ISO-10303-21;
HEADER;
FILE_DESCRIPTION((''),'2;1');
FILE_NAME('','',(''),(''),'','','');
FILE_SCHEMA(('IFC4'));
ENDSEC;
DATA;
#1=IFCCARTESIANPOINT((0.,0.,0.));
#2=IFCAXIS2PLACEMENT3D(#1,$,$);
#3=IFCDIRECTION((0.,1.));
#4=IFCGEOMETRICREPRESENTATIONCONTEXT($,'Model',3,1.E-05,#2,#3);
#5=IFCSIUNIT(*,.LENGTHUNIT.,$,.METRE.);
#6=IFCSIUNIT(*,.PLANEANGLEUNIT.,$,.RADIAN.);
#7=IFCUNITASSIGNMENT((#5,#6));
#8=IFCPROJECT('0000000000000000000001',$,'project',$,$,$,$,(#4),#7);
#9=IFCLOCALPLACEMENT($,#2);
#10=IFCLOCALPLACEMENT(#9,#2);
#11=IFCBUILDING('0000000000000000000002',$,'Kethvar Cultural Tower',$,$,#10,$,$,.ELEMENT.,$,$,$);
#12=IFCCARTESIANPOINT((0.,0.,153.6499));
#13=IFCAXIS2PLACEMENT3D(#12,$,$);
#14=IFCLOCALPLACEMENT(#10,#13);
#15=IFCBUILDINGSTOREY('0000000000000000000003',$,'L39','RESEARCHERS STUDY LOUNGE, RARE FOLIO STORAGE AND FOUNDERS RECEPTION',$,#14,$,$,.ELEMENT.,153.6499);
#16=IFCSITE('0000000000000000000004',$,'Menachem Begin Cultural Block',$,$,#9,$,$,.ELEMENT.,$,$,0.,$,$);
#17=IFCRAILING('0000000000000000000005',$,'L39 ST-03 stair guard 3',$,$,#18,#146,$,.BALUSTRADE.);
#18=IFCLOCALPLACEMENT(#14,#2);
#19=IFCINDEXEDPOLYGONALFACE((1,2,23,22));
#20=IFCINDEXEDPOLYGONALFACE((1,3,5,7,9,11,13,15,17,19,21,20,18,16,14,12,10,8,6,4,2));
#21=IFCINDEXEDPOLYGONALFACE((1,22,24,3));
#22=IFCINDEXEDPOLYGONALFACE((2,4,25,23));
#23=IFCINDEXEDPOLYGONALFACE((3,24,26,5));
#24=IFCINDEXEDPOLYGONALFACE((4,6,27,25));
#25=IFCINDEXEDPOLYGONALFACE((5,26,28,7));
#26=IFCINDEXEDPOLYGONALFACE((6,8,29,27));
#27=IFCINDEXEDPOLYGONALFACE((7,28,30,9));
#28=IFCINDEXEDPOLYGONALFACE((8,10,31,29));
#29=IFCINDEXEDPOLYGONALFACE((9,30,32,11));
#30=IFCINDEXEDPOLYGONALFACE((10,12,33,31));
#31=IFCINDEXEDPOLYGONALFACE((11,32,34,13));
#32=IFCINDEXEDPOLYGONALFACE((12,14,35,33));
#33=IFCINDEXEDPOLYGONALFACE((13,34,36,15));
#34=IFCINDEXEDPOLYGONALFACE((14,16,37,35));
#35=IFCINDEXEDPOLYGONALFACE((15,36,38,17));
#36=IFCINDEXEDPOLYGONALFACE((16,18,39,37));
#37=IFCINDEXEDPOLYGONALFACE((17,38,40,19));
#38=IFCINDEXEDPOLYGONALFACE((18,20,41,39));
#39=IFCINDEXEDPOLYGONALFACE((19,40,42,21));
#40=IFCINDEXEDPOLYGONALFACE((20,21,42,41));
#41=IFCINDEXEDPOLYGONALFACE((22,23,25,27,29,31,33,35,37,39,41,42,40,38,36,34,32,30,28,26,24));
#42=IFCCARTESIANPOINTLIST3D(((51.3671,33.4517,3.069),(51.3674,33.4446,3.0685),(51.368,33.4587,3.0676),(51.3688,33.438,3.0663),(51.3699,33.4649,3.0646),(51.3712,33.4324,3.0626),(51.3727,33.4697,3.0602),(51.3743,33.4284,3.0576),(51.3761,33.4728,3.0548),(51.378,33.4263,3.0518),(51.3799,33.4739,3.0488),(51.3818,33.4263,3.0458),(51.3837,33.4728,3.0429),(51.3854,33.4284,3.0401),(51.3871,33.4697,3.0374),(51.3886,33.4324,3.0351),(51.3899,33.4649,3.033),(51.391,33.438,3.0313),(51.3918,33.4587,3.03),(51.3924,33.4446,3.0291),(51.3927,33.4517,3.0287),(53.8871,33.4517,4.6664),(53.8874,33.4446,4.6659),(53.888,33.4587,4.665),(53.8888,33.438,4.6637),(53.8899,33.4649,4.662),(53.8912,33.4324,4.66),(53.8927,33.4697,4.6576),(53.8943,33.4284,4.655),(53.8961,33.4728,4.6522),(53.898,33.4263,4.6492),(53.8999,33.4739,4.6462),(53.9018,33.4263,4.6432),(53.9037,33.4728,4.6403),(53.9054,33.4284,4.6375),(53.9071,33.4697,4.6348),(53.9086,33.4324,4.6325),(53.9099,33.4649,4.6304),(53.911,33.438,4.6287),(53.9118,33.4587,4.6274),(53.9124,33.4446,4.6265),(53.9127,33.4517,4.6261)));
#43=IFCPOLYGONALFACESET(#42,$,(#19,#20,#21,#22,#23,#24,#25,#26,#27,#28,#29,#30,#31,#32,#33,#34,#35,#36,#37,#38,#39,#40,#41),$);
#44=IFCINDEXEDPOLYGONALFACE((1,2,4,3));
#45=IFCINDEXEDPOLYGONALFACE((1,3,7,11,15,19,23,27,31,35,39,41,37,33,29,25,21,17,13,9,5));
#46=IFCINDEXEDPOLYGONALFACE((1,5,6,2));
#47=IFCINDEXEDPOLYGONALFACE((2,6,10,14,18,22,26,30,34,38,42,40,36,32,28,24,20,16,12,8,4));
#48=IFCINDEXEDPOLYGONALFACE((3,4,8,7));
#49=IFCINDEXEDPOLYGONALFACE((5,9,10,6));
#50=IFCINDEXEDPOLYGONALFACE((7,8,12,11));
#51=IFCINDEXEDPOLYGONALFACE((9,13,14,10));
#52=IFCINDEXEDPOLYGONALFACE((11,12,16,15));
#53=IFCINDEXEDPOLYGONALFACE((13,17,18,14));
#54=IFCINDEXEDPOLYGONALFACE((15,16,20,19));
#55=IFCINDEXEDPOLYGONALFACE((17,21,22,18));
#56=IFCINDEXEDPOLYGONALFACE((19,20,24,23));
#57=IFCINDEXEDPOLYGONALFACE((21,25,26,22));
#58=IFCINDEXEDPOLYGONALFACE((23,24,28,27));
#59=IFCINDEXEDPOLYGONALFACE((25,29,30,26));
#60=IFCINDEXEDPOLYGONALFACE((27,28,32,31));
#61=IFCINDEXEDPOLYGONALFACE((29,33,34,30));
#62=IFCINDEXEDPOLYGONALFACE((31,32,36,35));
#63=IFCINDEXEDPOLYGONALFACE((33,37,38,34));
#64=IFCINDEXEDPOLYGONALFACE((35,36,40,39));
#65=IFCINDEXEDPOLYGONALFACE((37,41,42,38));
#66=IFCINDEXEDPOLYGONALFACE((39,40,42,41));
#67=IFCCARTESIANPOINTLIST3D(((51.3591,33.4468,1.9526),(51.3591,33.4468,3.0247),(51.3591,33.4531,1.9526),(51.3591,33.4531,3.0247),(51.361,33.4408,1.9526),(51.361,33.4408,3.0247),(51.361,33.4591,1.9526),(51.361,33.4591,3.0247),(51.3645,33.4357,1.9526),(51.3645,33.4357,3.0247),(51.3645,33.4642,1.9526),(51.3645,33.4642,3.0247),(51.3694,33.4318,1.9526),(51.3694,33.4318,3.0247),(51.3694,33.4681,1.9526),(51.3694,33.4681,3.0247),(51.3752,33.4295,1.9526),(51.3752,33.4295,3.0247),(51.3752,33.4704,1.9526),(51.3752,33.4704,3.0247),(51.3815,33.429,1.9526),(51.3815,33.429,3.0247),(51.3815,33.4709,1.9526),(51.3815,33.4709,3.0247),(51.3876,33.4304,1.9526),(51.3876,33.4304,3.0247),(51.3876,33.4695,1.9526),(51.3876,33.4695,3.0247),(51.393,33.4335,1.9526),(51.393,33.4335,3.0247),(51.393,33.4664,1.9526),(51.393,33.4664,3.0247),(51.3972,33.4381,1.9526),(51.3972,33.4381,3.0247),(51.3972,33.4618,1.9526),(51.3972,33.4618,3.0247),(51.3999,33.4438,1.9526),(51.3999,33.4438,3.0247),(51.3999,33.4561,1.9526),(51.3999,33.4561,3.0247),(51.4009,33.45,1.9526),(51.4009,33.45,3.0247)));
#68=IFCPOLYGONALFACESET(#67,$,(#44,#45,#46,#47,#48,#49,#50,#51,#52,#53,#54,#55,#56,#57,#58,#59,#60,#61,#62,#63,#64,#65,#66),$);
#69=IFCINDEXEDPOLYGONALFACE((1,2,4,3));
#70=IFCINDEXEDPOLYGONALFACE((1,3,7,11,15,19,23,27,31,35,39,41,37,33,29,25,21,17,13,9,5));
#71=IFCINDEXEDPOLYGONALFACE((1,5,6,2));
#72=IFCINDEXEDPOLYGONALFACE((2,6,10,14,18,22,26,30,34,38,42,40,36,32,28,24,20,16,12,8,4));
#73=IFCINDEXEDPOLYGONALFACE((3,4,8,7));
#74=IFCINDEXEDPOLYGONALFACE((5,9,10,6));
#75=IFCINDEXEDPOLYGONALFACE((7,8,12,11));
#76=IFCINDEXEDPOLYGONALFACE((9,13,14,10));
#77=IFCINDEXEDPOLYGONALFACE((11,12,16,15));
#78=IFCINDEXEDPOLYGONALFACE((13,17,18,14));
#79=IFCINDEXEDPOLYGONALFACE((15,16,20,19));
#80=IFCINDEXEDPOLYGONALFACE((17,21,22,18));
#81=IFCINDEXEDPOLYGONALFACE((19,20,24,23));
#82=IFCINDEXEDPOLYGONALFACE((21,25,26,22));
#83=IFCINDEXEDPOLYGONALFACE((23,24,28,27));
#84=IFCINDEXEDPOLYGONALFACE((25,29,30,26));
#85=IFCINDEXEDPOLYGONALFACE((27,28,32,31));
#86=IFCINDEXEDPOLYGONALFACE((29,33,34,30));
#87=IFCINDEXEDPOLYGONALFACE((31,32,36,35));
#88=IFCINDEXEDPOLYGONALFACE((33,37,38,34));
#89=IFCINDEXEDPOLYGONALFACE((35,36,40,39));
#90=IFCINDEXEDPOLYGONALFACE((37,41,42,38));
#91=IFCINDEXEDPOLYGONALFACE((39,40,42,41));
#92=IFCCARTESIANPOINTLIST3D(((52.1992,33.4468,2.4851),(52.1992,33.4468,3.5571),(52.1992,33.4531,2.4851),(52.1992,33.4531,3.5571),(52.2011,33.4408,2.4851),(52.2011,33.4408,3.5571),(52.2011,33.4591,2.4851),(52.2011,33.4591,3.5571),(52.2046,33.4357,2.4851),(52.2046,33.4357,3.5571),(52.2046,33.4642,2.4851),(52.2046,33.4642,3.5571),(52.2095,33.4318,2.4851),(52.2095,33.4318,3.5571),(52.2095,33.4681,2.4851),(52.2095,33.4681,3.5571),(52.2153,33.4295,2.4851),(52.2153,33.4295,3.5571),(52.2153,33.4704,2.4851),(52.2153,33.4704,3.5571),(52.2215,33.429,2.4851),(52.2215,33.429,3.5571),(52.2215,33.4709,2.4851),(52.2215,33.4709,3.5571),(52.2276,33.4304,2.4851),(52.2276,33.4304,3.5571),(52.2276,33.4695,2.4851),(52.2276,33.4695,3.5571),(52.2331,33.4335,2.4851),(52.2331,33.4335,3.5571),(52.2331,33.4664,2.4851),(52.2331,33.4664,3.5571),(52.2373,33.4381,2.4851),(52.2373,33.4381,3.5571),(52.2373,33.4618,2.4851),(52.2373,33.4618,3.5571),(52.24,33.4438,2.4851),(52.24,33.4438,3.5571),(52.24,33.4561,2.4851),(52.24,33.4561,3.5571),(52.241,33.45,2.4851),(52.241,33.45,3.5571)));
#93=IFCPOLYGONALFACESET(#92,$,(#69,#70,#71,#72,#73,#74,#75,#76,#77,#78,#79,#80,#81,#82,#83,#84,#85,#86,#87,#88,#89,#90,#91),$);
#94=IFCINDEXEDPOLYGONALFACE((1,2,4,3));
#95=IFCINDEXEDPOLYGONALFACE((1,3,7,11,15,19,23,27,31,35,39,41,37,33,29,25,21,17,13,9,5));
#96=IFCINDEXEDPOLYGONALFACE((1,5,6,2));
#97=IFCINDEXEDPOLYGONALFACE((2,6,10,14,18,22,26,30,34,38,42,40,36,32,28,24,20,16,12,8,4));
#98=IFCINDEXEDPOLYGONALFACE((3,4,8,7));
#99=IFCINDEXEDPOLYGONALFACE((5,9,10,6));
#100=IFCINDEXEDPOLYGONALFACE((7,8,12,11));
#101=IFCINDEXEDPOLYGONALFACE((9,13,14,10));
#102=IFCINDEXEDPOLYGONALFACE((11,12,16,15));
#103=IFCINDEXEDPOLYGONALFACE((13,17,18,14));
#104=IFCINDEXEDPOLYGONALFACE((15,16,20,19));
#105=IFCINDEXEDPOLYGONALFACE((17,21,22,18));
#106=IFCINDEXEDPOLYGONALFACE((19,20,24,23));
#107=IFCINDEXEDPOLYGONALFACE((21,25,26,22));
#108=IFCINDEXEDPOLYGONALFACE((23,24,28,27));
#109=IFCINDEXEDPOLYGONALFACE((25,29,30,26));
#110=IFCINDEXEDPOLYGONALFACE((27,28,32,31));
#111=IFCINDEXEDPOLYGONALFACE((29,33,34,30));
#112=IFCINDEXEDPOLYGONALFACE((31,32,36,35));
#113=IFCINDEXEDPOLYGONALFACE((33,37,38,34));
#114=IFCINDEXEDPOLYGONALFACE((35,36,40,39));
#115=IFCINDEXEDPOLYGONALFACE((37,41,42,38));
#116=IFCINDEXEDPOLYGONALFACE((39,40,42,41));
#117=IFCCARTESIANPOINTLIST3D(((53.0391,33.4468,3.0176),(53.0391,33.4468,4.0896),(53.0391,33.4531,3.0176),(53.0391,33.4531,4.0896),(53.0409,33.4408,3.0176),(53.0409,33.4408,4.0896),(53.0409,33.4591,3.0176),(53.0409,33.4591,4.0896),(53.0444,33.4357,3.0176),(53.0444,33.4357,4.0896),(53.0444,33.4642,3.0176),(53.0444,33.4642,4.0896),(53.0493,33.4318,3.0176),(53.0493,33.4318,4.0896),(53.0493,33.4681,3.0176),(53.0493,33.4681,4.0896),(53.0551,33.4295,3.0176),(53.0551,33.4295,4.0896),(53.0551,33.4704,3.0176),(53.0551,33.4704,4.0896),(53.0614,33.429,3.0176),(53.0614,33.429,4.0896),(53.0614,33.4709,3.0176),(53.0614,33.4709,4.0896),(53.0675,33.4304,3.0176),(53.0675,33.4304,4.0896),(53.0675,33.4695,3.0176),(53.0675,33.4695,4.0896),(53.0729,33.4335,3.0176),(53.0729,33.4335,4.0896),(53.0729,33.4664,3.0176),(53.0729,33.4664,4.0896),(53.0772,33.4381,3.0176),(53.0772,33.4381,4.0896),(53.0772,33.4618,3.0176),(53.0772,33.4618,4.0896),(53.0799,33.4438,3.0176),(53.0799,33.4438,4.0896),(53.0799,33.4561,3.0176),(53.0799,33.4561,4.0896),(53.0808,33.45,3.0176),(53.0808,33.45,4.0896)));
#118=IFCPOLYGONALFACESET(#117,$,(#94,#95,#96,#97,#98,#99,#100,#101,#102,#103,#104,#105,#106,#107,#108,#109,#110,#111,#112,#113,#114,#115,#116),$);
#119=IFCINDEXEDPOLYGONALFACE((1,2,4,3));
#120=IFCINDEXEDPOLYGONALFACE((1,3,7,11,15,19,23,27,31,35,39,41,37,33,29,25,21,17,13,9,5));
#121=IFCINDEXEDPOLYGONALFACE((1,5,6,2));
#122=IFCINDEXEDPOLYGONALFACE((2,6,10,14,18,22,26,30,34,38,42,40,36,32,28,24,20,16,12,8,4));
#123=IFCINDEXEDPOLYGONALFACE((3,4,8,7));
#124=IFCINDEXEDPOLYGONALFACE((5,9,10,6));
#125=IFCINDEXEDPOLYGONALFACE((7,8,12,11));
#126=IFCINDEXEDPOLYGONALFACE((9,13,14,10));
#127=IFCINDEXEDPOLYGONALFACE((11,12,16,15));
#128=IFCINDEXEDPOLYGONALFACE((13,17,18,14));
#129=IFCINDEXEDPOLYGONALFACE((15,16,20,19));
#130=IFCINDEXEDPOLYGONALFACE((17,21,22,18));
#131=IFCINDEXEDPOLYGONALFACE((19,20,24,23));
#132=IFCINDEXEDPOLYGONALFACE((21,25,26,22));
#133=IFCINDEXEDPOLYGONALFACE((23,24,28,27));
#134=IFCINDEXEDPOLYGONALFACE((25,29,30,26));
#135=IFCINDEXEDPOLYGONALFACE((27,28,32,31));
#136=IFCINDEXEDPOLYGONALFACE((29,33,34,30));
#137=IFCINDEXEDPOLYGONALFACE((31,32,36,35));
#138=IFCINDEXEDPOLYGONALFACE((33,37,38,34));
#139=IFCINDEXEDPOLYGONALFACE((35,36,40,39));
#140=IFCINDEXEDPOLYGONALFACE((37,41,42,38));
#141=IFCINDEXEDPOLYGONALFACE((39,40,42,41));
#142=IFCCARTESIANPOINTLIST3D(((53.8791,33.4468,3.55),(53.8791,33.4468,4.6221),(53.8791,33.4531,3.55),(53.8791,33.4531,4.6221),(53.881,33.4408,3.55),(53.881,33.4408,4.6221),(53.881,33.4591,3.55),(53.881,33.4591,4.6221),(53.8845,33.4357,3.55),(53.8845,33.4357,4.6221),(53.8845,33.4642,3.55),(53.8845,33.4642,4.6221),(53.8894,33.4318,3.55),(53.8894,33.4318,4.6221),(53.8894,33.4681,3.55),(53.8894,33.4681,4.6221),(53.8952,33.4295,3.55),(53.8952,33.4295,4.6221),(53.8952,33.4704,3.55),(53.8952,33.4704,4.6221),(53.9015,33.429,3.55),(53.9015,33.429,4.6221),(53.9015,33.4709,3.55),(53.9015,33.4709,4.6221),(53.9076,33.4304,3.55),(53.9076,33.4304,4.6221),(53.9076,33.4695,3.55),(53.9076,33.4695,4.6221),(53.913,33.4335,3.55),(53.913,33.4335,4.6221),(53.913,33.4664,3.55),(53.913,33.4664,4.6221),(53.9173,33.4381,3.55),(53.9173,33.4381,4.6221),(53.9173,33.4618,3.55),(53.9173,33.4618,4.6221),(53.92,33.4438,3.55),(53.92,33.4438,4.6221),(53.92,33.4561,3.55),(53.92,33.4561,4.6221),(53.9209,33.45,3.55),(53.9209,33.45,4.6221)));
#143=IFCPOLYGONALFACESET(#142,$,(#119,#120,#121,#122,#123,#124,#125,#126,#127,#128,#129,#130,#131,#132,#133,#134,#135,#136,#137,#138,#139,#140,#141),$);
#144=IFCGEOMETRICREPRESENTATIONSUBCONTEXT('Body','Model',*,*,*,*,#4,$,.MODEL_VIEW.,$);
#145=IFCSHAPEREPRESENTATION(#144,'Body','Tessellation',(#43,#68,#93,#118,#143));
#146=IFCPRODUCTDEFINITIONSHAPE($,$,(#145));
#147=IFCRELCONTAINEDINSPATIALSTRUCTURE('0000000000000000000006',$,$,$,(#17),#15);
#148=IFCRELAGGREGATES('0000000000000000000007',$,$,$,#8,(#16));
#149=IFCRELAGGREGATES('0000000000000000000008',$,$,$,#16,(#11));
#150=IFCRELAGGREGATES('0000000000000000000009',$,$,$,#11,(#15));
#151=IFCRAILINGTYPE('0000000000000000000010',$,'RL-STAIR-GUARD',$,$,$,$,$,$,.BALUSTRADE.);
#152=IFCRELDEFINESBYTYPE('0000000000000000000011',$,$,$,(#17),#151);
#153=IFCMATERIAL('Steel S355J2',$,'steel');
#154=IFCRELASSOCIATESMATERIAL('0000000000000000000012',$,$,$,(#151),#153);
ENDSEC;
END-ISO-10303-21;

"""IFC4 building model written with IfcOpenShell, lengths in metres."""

from ifc_helpers import new_model, si_unit, direction, frame, origin, origin_2d, place, context, subcontext, project, spatial, circle, extrude, material, type_object, element, save


model = new_model("IFC4")

# Units and contexts
model_context = context("Model", 3, precision=1e-05, world=origin(), true_north=direction((0.0, 1.0)))
body_context = subcontext(model_context, "Body", "Model", "MODEL_VIEW")
ifc_project = project(units=[si_unit("LENGTHUNIT", "METRE"), si_unit("PLANEANGLEUNIT", "RADIAN")], contexts=[model_context])

# Site, building, storey
site_placement = place(None, origin())
site = spatial("IfcSite", under=ifc_project, at=site_placement, Name="Menachem Begin Cultural Block", CompositionType="ELEMENT", RefElevation=0.0)
building_placement = place(site_placement, origin())
building = spatial("IfcBuilding", under=site, at=building_placement, Name="Kethvar Cultural Tower", CompositionType="ELEMENT")
storey_placement = place(building_placement, frame((0.0, 0.0, 153.6499)))
storey = spatial("IfcBuildingStorey", under=building, at=storey_placement, Name="L39", Description="RESEARCHERS STUDY LOUNGE, RARE FOLIO STORAGE AND FOUNDERS RECEPTION", CompositionType="ELEMENT", Elevation=153.6499)

# Shared definitions
ifc_material_1 = material(Name="Steel S355J2", Category="steel")

# Railing
railing_type_1 = type_object("IfcRailingType", Name="RL-STAIR-GUARD", PredefinedType="BALUSTRADE", material=ifc_material_1)
railing_1_placement = place(storey_placement, frame((51.3799, 33.45, 1.9526)))
element("IfcRailing", 1, at=railing_1_placement, inside=storey, type_object=railing_type_1, Name="L39 ST-03 stair guard 3", PredefinedType="BALUSTRADE", context=body_context, shape_type="SweptSolid", body=[
    extrude(circle(Radius=0.0239, at=origin_2d()), frame((0.0, 0.0, 1.0962), z_axis=(0.844607, 0.0, 0.535387), x_axis=(0.0, 1.0, 0.0)), (0.0, 0.0, 1.0), 2.9836),
    extrude(circle(Radius=0.021, at=origin_2d()), origin(), (0.0, 0.0, 1.0), 1.072),
    extrude(circle(Radius=0.021, at=origin_2d()), frame((0.8401, 0.0, 0.5325)), (0.0, 0.0, 1.0), 1.072),
    extrude(circle(Radius=0.021, at=origin_2d()), frame((1.6799, 0.0, 1.0649)), (0.0, 0.0, 1.0), 1.072),
    extrude(circle(Radius=0.021, at=origin_2d()), frame((2.52, 0.0, 1.5974)), (0.0, 0.0, 1.0), 1.072),
])

save(model, "model.ifc")
